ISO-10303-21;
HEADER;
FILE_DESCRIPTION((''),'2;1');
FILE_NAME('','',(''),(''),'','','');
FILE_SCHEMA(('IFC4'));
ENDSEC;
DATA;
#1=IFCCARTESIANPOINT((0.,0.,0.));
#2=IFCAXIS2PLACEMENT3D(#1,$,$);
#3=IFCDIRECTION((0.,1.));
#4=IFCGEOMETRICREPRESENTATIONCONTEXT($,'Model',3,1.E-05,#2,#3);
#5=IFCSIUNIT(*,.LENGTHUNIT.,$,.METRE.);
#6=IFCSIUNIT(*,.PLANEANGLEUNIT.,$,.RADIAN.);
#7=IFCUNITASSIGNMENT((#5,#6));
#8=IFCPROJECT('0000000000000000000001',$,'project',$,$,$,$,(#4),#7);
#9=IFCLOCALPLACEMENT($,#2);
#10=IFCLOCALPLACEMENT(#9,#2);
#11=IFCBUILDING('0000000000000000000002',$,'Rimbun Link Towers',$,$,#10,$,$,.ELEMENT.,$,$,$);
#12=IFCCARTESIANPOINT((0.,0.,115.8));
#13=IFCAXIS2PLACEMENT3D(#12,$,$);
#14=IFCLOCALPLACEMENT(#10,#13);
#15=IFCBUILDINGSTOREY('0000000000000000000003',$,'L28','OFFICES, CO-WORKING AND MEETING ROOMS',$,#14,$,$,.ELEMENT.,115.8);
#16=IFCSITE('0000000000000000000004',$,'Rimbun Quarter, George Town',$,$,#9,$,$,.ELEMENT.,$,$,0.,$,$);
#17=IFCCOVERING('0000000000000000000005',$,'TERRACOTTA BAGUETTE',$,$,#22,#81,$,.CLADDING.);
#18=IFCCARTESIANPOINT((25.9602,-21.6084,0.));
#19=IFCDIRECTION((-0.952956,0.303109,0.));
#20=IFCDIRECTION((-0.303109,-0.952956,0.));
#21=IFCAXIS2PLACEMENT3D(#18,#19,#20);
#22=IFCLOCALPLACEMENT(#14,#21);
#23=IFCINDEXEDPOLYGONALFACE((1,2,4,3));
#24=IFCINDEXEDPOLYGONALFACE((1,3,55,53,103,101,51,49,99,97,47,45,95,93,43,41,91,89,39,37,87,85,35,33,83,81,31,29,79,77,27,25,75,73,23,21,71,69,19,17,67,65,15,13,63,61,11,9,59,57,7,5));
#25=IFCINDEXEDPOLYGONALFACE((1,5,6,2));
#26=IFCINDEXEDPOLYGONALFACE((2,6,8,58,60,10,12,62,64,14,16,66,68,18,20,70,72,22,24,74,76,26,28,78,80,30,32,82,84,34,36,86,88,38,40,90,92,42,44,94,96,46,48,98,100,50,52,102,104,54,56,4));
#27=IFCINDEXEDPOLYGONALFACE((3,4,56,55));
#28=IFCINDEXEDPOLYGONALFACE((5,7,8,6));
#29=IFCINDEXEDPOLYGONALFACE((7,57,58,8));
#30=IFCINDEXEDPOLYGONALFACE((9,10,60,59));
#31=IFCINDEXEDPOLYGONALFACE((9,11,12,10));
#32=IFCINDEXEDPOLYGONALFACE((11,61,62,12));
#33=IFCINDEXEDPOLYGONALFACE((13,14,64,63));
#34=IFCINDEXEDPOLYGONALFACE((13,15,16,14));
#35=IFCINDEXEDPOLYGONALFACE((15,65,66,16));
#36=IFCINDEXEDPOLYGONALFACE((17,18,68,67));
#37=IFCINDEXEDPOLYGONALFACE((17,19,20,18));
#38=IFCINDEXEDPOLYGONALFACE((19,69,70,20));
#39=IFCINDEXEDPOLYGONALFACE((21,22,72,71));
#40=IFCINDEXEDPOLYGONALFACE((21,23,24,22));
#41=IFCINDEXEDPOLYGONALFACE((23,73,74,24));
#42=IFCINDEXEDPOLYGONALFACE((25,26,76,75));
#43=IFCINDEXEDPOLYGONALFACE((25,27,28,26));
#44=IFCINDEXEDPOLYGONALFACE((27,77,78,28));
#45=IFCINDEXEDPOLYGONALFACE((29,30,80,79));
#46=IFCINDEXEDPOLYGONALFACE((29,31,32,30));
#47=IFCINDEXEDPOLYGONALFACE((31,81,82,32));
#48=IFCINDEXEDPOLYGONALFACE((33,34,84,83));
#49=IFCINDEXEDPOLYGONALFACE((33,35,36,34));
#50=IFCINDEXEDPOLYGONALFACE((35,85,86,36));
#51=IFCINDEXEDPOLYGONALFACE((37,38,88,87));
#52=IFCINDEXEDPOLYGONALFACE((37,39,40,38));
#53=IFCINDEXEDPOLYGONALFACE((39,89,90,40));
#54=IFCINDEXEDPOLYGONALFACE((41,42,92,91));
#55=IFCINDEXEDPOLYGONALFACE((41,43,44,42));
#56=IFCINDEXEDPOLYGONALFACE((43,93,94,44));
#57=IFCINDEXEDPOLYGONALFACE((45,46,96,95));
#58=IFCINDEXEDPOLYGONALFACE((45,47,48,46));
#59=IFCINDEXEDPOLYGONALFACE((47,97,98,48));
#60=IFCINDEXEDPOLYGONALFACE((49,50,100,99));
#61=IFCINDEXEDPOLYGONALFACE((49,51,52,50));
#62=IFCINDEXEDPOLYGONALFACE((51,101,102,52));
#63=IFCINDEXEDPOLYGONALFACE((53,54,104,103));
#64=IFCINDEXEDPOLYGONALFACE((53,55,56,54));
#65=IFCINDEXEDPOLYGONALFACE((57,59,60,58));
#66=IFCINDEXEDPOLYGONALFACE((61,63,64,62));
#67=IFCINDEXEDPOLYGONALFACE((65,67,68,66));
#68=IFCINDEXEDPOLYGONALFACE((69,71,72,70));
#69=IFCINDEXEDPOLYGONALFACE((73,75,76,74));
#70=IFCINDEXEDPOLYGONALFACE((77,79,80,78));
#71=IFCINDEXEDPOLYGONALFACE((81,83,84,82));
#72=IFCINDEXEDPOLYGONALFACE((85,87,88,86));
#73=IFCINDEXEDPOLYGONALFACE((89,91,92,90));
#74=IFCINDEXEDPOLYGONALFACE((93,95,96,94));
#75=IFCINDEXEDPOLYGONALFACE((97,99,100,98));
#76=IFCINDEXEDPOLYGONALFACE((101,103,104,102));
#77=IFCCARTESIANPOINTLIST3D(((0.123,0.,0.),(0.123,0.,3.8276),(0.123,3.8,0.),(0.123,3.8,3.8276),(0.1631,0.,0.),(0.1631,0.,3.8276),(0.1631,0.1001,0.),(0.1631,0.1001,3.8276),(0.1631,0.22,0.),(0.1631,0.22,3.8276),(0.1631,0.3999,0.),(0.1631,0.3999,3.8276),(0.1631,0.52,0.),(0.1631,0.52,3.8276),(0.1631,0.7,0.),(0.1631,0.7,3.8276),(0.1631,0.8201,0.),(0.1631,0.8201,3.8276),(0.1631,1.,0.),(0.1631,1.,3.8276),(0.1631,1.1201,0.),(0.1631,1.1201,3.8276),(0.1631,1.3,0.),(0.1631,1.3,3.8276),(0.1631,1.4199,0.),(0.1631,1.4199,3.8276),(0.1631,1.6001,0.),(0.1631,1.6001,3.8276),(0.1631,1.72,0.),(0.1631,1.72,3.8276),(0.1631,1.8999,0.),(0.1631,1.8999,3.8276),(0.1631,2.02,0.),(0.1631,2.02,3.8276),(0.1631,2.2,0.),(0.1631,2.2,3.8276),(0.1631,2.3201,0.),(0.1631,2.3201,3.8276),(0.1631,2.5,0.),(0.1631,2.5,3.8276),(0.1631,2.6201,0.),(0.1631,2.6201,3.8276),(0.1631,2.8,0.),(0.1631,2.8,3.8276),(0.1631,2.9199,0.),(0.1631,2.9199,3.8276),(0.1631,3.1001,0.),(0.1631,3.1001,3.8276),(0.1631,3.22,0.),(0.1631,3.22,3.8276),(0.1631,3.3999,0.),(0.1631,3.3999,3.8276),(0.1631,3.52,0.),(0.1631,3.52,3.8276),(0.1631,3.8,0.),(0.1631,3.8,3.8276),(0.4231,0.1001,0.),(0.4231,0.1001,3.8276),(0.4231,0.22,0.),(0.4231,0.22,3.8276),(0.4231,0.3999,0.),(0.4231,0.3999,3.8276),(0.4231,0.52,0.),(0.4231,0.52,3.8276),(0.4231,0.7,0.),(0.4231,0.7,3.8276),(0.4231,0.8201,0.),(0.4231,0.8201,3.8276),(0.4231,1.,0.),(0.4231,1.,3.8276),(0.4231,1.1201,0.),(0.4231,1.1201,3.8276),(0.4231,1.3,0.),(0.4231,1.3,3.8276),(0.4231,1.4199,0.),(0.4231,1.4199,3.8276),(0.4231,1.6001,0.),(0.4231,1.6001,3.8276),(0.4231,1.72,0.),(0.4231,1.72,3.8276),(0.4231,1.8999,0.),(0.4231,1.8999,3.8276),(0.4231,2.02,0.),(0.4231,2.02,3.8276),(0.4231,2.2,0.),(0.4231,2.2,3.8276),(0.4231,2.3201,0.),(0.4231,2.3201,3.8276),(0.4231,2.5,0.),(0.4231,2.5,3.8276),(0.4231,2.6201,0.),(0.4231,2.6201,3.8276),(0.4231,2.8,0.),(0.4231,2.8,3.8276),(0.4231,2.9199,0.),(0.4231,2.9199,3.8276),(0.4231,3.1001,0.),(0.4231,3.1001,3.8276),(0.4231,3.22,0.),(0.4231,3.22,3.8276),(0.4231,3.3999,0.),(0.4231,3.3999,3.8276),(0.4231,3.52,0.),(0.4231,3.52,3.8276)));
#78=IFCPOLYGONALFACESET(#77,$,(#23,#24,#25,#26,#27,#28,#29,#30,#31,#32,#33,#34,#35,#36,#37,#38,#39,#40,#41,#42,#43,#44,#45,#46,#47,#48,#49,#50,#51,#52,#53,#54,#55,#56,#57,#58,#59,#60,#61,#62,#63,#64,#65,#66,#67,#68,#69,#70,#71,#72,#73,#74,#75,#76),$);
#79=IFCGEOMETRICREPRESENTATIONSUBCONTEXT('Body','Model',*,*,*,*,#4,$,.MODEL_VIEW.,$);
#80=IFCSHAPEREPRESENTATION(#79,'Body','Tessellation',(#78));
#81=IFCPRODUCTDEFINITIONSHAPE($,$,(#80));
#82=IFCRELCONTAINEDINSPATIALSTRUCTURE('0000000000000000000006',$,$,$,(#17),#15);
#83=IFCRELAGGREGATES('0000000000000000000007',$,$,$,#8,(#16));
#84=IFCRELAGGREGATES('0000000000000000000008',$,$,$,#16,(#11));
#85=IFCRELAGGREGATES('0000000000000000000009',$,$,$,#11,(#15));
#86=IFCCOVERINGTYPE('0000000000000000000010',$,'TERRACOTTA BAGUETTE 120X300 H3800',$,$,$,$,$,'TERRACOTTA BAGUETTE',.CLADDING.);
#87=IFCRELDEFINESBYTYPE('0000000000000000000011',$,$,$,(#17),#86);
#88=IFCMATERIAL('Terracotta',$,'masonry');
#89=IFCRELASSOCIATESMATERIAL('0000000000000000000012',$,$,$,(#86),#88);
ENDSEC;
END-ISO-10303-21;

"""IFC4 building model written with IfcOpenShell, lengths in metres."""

from ifc_helpers import new_model, si_unit, direction, frame, origin, place, context, subcontext, project, spatial, polyline, outline, extrude, material, material_profile, profile_set, type_object, element, save


model = new_model("IFC4")

# Units and contexts
model_context = context("Model", 3, precision=1e-05, world=origin(), true_north=direction((0.0, 1.0)))
body_context = subcontext(model_context, "Body", "Model", "MODEL_VIEW")
ifc_project = project(units=[si_unit("LENGTHUNIT", "METRE"), si_unit("PLANEANGLEUNIT", "RADIAN")], contexts=[model_context])

# Site, building, storey
site_placement = place(None, origin())
site = spatial("IfcSite", under=ifc_project, at=site_placement, Name="Rimbun Quarter, George Town", CompositionType="ELEMENT", RefElevation=0.0)
building_placement = place(site_placement, origin())
building = spatial("IfcBuilding", under=site, at=building_placement, Name="Rimbun Link Towers", CompositionType="ELEMENT")
storey_placement = place(building_placement, frame((0.0, 0.0, 115.8)))
storey = spatial("IfcBuildingStorey", under=building, at=storey_placement, Name="L28", Description="OFFICES, CO-WORKING AND MEETING ROOMS", CompositionType="ELEMENT", Elevation=115.8)

# Covering
ifc_material_1 = material(Name="Terracotta", Category="masonry")
ifc_material_profile_1 = material_profile(ifc_material_1, outline(polyline([(0.123, 0.0), (0.1631, 0.0), (0.1631, 0.1001), (0.4231, 0.1001), (0.4231, 0.22), (0.1631, 0.22), (0.1631, 0.3999), (0.4231, 0.3999), (0.4231, 0.52), (0.1631, 0.52), (0.1631, 0.7), (0.4231, 0.7), (0.4231, 0.8201), (0.1631, 0.8201), (0.1631, 1.0), (0.4231, 1.0), (0.4231, 1.1201), (0.1631, 1.1201), (0.1631, 1.3), (0.4231, 1.3), (0.4231, 1.4199), (0.1631, 1.4199), (0.1631, 1.6001), (0.4231, 1.6001), (0.4231, 1.72), (0.1631, 1.72), (0.1631, 1.8999), (0.4231, 1.8999), (0.4231, 2.02), (0.1631, 2.02), (0.1631, 2.2), (0.4231, 2.2), (0.4231, 2.3201), (0.1631, 2.3201), (0.1631, 2.5), (0.4231, 2.5), (0.4231, 2.6201), (0.1631, 2.6201), (0.1631, 2.8), (0.4231, 2.8), (0.4231, 2.9199), (0.1631, 2.9199), (0.1631, 3.1001), (0.4231, 3.1001), (0.4231, 3.22), (0.1631, 3.22), (0.1631, 3.3999), (0.4231, 3.3999), (0.4231, 3.52), (0.1631, 3.52), (0.1631, 3.8), (0.123, 3.8), (0.123, 0.0)])), Name="BAGUETTE 120X300")
ifc_profile_set_1 = profile_set([ifc_material_profile_1], Name="Terracotta")
covering_type = type_object("IfcCoveringType", Name="TERRACOTTA BAGUETTE 120X300 H3800", ElementType="TERRACOTTA BAGUETTE", PredefinedType="CLADDING", material=ifc_profile_set_1)
covering_1_placement = place(storey_placement, frame((25.9602, -21.6084, 0.0), z_axis=(-0.952956, 0.303109, 0.0), x_axis=(-0.303109, -0.952956, 0.0)))
element("IfcCovering", 1, at=covering_1_placement, inside=storey, type_object=covering_type, Name="TERRACOTTA BAGUETTE", PredefinedType="CLADDING", context=body_context, shape_type="SweptSolid", body=[
    extrude(outline(polyline([(0.123, 0.0), (0.1631, 0.0), (0.1631, 0.1001), (0.4231, 0.1001), (0.4231, 0.22), (0.1631, 0.22), (0.1631, 0.3999), (0.4231, 0.3999), (0.4231, 0.52), (0.1631, 0.52), (0.1631, 0.7), (0.4231, 0.7), (0.4231, 0.8201), (0.1631, 0.8201), (0.1631, 1.0), (0.4231, 1.0), (0.4231, 1.1201), (0.1631, 1.1201), (0.1631, 1.3), (0.4231, 1.3), (0.4231, 1.4199), (0.1631, 1.4199), (0.1631, 1.6001), (0.4231, 1.6001), (0.4231, 1.72), (0.1631, 1.72), (0.1631, 1.8999), (0.4231, 1.8999), (0.4231, 2.02), (0.1631, 2.02), (0.1631, 2.2), (0.4231, 2.2), (0.4231, 2.3201), (0.1631, 2.3201), (0.1631, 2.5), (0.4231, 2.5), (0.4231, 2.6201), (0.1631, 2.6201), (0.1631, 2.8), (0.4231, 2.8), (0.4231, 2.9199), (0.1631, 2.9199), (0.1631, 3.1001), (0.4231, 3.1001), (0.4231, 3.22), (0.1631, 3.22), (0.1631, 3.3999), (0.4231, 3.3999), (0.4231, 3.52), (0.1631, 3.52), (0.1631, 3.8), (0.123, 3.8), (0.123, 0.0)])), origin(), (0.0, 0.0, 1.0), 3.8276),
])

save(model, "model.ifc")
